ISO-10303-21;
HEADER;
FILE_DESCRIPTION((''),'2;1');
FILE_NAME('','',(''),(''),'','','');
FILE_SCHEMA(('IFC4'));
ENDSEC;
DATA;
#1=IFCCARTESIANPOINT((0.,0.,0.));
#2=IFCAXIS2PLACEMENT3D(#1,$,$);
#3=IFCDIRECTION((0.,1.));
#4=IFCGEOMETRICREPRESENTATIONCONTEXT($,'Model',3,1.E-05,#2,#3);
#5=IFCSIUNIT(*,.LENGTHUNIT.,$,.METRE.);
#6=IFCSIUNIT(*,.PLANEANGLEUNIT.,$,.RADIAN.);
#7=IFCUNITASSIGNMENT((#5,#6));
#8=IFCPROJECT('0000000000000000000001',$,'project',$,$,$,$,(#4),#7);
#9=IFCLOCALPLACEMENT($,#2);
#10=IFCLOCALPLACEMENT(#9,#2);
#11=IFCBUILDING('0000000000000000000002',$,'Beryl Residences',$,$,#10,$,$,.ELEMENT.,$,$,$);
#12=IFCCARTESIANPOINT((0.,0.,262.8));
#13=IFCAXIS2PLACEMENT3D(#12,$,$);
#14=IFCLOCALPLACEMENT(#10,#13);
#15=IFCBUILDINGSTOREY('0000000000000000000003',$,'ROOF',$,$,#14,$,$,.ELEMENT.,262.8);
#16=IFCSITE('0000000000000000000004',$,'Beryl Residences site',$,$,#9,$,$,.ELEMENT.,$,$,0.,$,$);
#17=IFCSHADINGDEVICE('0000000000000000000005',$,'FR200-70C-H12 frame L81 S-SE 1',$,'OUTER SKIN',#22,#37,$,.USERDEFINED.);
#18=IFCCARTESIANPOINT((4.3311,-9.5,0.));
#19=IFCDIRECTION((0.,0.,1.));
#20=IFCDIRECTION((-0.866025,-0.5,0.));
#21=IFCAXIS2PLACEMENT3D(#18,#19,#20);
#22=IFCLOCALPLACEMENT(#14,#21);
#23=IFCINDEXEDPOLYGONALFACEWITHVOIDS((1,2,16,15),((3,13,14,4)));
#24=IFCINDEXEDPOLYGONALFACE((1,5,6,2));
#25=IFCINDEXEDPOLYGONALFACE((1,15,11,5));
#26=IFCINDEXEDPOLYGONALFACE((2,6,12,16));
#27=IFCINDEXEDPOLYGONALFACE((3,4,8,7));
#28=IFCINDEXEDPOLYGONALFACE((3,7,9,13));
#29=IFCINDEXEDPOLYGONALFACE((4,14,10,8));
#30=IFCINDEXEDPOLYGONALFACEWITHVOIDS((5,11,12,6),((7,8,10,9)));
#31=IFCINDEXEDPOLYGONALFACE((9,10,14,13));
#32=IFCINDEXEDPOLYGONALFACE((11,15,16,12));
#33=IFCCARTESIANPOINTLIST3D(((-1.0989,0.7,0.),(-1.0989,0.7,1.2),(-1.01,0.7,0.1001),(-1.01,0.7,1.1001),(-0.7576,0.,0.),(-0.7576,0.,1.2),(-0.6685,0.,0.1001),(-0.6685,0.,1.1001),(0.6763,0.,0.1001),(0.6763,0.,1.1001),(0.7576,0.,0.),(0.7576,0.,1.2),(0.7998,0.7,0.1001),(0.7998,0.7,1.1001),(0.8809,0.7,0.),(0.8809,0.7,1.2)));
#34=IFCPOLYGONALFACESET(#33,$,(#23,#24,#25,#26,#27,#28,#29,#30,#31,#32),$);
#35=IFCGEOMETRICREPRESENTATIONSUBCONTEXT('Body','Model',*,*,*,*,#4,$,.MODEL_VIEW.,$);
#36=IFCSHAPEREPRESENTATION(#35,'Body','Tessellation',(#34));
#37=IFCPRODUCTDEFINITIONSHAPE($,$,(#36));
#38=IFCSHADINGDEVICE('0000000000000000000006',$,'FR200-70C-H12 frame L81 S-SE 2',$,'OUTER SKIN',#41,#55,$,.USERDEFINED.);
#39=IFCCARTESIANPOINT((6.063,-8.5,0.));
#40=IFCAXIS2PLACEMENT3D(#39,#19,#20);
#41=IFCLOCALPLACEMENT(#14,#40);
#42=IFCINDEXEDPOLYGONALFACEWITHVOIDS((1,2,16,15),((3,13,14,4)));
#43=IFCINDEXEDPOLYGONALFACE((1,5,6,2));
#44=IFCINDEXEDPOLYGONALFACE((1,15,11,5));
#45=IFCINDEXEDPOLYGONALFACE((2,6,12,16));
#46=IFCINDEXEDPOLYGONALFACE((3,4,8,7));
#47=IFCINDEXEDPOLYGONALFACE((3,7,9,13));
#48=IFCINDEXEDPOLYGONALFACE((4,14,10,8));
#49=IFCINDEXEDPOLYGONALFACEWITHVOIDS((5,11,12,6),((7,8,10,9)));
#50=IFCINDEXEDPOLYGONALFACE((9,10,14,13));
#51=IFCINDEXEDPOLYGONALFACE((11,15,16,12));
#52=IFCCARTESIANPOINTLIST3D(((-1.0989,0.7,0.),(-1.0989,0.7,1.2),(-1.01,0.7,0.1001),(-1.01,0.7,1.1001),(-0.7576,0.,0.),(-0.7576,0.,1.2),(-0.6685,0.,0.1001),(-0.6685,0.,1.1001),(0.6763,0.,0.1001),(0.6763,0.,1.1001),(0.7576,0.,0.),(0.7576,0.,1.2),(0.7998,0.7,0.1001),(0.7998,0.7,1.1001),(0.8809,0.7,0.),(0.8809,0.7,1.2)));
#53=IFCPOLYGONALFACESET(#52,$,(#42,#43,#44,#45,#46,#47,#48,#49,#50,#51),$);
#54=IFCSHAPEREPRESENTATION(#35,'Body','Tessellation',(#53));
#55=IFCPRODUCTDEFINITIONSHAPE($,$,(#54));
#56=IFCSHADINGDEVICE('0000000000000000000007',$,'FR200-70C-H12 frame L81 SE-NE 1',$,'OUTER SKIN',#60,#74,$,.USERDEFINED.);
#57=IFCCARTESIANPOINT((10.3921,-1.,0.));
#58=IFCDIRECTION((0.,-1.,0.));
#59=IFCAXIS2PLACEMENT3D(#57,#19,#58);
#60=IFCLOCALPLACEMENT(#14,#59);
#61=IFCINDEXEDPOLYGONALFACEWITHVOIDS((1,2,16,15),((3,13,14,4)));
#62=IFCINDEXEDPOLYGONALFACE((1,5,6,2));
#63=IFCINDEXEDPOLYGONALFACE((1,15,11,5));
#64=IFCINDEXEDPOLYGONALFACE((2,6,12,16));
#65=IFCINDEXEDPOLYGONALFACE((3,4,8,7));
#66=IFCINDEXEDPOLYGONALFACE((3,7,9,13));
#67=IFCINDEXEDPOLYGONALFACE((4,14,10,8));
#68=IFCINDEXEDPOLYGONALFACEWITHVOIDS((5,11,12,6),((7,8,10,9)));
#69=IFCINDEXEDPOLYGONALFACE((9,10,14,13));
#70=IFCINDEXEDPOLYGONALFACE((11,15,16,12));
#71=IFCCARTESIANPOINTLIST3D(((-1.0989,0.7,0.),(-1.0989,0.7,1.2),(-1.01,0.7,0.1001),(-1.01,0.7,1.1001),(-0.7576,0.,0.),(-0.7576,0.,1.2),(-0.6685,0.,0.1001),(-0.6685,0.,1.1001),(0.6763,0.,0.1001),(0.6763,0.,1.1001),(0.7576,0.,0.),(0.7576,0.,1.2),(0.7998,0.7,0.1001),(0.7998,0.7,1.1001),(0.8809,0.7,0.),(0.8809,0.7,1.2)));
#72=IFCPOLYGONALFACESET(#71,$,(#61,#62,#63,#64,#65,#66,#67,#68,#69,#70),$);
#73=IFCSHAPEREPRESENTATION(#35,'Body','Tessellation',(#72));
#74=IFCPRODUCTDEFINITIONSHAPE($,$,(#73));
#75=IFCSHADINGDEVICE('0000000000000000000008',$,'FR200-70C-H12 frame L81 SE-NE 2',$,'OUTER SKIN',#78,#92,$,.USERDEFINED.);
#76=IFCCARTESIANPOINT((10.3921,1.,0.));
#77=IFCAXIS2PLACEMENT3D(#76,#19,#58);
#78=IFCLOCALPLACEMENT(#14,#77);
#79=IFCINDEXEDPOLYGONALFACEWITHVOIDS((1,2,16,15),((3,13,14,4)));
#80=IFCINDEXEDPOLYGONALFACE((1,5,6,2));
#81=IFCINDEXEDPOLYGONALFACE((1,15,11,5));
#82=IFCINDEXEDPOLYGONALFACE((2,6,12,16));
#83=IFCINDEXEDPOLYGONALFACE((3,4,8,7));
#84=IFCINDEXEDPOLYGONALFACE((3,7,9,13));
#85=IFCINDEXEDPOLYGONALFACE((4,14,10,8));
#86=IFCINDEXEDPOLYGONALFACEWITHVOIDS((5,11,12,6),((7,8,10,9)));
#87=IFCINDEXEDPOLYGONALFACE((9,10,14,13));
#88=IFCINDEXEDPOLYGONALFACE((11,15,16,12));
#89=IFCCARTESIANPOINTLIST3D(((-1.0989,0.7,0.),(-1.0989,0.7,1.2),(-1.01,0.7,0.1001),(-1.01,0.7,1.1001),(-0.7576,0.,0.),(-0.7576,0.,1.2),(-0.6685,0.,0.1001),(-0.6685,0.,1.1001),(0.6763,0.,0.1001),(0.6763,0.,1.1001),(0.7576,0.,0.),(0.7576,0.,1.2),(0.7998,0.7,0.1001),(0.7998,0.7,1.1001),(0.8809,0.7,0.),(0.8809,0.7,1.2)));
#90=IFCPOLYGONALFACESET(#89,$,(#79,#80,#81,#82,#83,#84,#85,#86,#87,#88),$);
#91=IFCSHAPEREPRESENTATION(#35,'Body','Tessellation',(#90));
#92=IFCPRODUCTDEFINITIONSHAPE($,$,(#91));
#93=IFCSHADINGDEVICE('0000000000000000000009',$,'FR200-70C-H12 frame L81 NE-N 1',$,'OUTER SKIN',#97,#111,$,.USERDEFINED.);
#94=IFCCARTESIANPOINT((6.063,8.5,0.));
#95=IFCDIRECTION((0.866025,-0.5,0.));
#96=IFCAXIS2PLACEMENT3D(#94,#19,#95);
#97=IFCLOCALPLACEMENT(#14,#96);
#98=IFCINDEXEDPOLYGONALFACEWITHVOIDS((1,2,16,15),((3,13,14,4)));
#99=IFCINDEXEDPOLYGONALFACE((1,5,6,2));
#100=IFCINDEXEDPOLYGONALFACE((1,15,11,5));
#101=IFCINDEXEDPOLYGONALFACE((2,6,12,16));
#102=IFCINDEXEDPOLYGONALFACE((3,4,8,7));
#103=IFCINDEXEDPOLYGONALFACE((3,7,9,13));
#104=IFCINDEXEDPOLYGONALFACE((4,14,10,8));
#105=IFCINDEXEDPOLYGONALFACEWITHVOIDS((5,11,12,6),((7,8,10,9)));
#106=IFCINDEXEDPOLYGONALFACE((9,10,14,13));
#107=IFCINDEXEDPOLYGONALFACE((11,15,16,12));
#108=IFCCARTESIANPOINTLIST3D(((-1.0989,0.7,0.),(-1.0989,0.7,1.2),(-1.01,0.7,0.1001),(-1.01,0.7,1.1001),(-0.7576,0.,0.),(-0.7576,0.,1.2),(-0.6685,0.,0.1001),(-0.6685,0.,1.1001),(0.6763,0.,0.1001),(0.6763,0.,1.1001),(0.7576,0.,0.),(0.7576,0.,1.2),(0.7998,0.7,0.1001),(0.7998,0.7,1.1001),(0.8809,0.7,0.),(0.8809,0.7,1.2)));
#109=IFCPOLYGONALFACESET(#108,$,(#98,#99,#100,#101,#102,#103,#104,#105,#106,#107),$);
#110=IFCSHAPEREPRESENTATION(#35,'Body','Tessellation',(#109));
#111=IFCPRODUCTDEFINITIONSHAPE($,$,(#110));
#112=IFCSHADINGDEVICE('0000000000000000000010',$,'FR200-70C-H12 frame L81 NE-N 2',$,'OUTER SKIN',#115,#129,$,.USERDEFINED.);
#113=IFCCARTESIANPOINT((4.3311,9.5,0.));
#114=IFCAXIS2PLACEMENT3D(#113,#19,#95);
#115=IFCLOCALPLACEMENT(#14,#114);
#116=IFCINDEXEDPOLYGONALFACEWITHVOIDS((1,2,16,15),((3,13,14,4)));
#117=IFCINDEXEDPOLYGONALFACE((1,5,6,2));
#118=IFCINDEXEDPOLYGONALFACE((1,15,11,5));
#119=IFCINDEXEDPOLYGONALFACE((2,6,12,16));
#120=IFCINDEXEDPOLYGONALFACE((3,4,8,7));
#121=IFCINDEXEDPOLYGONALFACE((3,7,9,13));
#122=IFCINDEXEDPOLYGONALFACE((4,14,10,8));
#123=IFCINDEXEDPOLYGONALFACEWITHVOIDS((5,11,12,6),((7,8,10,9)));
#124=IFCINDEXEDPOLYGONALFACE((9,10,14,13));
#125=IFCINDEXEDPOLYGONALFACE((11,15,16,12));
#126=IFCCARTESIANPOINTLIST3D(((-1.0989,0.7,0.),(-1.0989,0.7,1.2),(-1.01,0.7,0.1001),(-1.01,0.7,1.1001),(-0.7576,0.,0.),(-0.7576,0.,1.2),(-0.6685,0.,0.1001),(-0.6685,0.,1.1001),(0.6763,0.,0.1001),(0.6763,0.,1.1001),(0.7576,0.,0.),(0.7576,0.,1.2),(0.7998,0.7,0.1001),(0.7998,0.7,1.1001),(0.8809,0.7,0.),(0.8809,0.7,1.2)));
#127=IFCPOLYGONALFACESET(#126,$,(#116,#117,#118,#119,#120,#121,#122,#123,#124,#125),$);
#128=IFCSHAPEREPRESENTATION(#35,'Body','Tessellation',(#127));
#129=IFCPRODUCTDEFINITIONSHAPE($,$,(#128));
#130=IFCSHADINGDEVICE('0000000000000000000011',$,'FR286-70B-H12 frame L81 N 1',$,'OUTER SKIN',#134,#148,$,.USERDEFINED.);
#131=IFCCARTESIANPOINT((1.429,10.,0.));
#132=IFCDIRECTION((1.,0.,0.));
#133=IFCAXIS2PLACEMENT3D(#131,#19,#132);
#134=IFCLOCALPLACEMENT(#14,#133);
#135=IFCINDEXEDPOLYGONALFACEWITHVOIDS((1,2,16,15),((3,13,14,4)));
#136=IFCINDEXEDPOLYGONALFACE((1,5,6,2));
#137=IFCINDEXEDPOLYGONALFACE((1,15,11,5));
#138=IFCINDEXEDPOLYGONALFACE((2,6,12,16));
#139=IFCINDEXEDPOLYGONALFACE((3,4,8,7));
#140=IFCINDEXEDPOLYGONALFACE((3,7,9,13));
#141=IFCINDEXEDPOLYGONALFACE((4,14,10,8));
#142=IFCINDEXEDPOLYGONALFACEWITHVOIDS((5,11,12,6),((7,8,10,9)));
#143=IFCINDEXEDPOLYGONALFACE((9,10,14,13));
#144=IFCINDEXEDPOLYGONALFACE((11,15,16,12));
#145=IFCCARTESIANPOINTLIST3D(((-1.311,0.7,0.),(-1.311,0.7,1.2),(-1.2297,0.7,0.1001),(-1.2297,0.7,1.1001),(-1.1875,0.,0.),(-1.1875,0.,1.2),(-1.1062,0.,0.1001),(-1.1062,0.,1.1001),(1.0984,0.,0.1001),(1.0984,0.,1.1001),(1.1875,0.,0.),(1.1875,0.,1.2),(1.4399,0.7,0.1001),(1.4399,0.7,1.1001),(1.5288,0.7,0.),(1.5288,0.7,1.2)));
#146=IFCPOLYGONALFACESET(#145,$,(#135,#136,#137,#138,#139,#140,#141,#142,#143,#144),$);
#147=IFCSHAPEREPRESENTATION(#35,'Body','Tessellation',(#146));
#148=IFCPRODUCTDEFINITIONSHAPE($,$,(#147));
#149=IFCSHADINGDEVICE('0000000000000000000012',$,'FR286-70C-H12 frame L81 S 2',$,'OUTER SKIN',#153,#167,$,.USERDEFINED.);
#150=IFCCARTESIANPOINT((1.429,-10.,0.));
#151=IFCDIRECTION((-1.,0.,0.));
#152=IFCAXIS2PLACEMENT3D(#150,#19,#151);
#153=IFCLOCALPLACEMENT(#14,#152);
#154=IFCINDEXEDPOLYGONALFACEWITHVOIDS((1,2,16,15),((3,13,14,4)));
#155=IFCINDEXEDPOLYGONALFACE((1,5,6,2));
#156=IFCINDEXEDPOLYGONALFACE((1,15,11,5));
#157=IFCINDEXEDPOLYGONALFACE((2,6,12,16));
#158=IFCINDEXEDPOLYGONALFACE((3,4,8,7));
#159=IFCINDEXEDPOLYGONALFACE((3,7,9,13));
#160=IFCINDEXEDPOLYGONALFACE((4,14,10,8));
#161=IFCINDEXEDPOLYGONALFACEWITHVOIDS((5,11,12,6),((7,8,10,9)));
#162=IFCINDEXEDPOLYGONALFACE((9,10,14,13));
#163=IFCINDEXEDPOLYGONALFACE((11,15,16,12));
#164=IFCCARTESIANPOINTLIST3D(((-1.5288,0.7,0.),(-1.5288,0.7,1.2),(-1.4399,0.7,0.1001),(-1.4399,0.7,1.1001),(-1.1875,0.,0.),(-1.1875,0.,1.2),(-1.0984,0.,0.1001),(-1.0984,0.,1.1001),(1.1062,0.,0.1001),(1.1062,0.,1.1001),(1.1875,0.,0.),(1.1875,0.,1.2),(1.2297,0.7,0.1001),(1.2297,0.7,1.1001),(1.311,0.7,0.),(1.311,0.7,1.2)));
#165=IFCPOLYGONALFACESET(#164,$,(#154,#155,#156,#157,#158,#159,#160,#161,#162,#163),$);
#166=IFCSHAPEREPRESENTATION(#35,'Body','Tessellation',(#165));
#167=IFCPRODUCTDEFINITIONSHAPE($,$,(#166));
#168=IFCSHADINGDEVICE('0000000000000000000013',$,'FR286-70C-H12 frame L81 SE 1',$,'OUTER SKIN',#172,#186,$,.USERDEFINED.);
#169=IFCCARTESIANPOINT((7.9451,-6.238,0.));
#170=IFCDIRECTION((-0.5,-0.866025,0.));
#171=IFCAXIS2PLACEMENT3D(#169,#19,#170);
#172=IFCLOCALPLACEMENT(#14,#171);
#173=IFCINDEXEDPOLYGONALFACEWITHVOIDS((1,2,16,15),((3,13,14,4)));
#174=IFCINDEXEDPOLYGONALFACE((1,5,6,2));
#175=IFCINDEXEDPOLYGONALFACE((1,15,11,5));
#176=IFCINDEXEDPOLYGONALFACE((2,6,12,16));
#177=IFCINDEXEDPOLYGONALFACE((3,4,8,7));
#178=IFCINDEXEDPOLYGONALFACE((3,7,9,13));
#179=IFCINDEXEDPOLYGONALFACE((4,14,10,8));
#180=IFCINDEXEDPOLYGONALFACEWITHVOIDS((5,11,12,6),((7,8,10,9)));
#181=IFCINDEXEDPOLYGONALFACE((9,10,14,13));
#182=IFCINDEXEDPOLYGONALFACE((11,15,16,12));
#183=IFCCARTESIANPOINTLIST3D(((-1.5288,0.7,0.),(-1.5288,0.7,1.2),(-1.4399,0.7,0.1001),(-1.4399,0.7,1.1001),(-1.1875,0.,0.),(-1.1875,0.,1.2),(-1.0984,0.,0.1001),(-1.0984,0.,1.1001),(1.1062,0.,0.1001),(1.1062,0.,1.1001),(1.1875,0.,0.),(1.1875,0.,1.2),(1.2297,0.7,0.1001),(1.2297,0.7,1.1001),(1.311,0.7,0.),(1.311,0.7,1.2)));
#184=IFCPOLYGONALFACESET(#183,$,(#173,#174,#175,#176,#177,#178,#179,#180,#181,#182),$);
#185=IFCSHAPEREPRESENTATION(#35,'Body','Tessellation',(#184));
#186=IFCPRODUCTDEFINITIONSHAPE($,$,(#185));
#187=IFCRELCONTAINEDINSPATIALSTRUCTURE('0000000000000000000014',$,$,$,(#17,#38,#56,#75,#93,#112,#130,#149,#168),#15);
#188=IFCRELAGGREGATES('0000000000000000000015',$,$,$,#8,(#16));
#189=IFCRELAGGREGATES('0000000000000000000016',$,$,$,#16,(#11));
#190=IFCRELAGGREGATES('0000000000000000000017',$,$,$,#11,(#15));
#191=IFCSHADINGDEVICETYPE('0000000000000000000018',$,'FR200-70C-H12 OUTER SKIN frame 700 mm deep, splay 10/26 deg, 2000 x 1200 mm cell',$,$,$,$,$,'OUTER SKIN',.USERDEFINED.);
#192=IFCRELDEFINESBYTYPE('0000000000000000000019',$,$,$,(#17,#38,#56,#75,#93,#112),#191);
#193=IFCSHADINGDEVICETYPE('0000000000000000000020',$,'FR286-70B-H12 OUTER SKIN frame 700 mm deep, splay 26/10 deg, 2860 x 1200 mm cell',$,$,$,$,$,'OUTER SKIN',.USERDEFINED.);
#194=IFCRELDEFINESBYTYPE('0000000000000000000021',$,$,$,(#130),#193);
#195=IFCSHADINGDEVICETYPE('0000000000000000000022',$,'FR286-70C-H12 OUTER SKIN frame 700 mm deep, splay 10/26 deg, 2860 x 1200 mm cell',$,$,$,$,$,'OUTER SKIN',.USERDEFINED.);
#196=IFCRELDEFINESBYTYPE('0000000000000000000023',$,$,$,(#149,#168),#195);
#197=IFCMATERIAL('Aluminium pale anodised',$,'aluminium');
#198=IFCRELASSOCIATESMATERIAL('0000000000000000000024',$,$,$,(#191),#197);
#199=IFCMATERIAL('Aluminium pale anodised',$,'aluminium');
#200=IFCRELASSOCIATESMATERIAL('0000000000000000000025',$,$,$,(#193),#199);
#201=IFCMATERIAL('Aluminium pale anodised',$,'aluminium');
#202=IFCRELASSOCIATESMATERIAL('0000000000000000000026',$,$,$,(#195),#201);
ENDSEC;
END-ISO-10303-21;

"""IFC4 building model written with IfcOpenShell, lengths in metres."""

from ifc_helpers import new_model, entity, si_unit, direction, frame, origin, place, context, subcontext, project, spatial, source, transform, mapped, material, type_object, type_shapes, element, save


model = new_model("IFC4")

# Units and contexts
model_context = context("Model", 3, precision=1e-05, world=origin(), true_north=direction((0.0, 1.0)))
body_context = subcontext(model_context, "Body", "Model", "MODEL_VIEW")
ifc_project = project(units=[si_unit("LENGTHUNIT", "METRE"), si_unit("PLANEANGLEUNIT", "RADIAN")], contexts=[model_context])

# Site, building, storey
site_placement = place(None, origin())
site = spatial("IfcSite", under=ifc_project, at=site_placement, Name="Beryl Residences site", CompositionType="ELEMENT", RefElevation=0.0)
building_placement = place(site_placement, origin())
building = spatial("IfcBuilding", under=site, at=building_placement, Name="Beryl Residences", CompositionType="ELEMENT")
storey_placement = place(building_placement, frame((0.0, 0.0, 262.8)))
storey = spatial("IfcBuildingStorey", under=building, at=storey_placement, Name="ROOF", CompositionType="ELEMENT", Elevation=262.8)

# Shading devices
ifc_material_1 = material(Name="Aluminium pale anodised", Category="aluminium")
shading_device_type_1 = type_object("IfcShadingDeviceType", Name="FR200-70C-H12 OUTER SKIN frame 700 mm deep, splay 10/26 deg, 2000 x 1200 mm cell", ElementType="OUTER SKIN", PredefinedType="USERDEFINED", material=ifc_material_1)
cartesian_point_1 = entity("IfcCartesianPoint", [-0.7576, 0.0])
cartesian_point_2 = entity("IfcCartesianPoint", [-0.6763, 0.1001])
cartesian_point_3 = entity("IfcCartesianPoint", [-0.8809, 0.0])
cartesian_point_4 = entity("IfcCartesianPoint", [-0.7998, 0.1001])
shared_shape_1 = source(origin(), body_context, "Body", "SweptSolid", [
    entity("IfcExtrudedAreaSolidTapered", entity("IfcArbitraryProfileDefWithVoids", "AREA", None, entity("IfcPolyline", [cartesian_point_1, entity("IfcCartesianPoint", [0.7576, 0.0]), entity("IfcCartesianPoint", [0.7576, 1.2]), entity("IfcCartesianPoint", [-0.7576, 1.2]), cartesian_point_1]), [entity("IfcPolyline", [cartesian_point_2, entity("IfcCartesianPoint", [0.6685, 0.1001]), entity("IfcCartesianPoint", [0.6685, 1.1001]), entity("IfcCartesianPoint", [-0.6763, 1.1001]), cartesian_point_2])]), entity("IfcAxis2Placement3D", entity("IfcCartesianPoint", [0.0, 0.0, 0.0]), entity("IfcDirection", [0.0, 1.0, 0.0]), entity("IfcDirection", [-1.0, 0.0, 0.0])), entity("IfcDirection", [0.0, 0.0, 1.0]), 0.7, entity("IfcArbitraryProfileDefWithVoids", "AREA", None, entity("IfcPolyline", [cartesian_point_3, entity("IfcCartesianPoint", [1.0989, 0.0]), entity("IfcCartesianPoint", [1.0989, 1.2]), entity("IfcCartesianPoint", [-0.8809, 1.2]), cartesian_point_3]), [entity("IfcPolyline", [cartesian_point_4, entity("IfcCartesianPoint", [1.01, 0.1001]), entity("IfcCartesianPoint", [1.01, 1.1001]), entity("IfcCartesianPoint", [-0.7998, 1.1001]), cartesian_point_4])])),
])
type_shapes(shading_device_type_1, [shared_shape_1])
for number, where, z_axis, x_axis, name in (
    (1, (4.3311, -9.5, 0.0), (0.0, 0.0, 1.0), (-0.866025, -0.5, 0.0), "FR200-70C-H12 frame L81 S-SE 1"),
    (2, (6.063, -8.5, 0.0), (0.0, 0.0, 1.0), (-0.866025, -0.5, 0.0), "FR200-70C-H12 frame L81 S-SE 2"),
    (3, (10.3921, -1.0, 0.0), (0.0, 0.0, 1.0), (0.0, -1.0, 0.0), "FR200-70C-H12 frame L81 SE-NE 1"),
    (4, (10.3921, 1.0, 0.0), (0.0, 0.0, 1.0), (0.0, -1.0, 0.0), "FR200-70C-H12 frame L81 SE-NE 2"),
    (5, (6.063, 8.5, 0.0), (0.0, 0.0, 1.0), (0.866025, -0.5, 0.0), "FR200-70C-H12 frame L81 NE-N 1"),
    (6, (4.3311, 9.5, 0.0), (0.0, 0.0, 1.0), (0.866025, -0.5, 0.0), "FR200-70C-H12 frame L81 NE-N 2"),
):
    element("IfcShadingDevice", number, at=place(storey_placement, frame(where, z_axis=z_axis, x_axis=x_axis)), inside=storey, type_object=shading_device_type_1, Name=name, ObjectType="OUTER SKIN", PredefinedType="USERDEFINED", context=body_context, shape_type="MappedRepresentation", body=[
        mapped(shared_shape_1, transform((0.0, 0.0, 0.0))),
    ])
ifc_material_2 = material(Name="Aluminium pale anodised", Category="aluminium")
shading_device_type_2 = type_object("IfcShadingDeviceType", Name="FR286-70B-H12 OUTER SKIN frame 700 mm deep, splay 26/10 deg, 2860 x 1200 mm cell", ElementType="OUTER SKIN", PredefinedType="USERDEFINED", material=ifc_material_2)
cartesian_point_5 = entity("IfcCartesianPoint", [-1.1875, 0.0])
cartesian_point_6 = entity("IfcCartesianPoint", [-1.0984, 0.1001])
cartesian_point_7 = entity("IfcCartesianPoint", [-1.5288, 0.0])
cartesian_point_8 = entity("IfcCartesianPoint", [-1.4399, 0.1001])
shared_shape_2 = source(origin(), body_context, "Body", "SweptSolid", [
    entity("IfcExtrudedAreaSolidTapered", entity("IfcArbitraryProfileDefWithVoids", "AREA", None, entity("IfcPolyline", [cartesian_point_5, entity("IfcCartesianPoint", [1.1875, 0.0]), entity("IfcCartesianPoint", [1.1875, 1.2]), entity("IfcCartesianPoint", [-1.1875, 1.2]), cartesian_point_5]), [entity("IfcPolyline", [cartesian_point_6, entity("IfcCartesianPoint", [1.1062, 0.1001]), entity("IfcCartesianPoint", [1.1062, 1.1001]), entity("IfcCartesianPoint", [-1.0984, 1.1001]), cartesian_point_6])]), entity("IfcAxis2Placement3D", entity("IfcCartesianPoint", [0.0, 0.0, 0.0]), entity("IfcDirection", [0.0, 1.0, 0.0]), entity("IfcDirection", [-1.0, 0.0, 0.0])), entity("IfcDirection", [0.0, 0.0, 1.0]), 0.7, entity("IfcArbitraryProfileDefWithVoids", "AREA", None, entity("IfcPolyline", [cartesian_point_7, entity("IfcCartesianPoint", [1.311, 0.0]), entity("IfcCartesianPoint", [1.311, 1.2]), entity("IfcCartesianPoint", [-1.5288, 1.2]), cartesian_point_7]), [entity("IfcPolyline", [cartesian_point_8, entity("IfcCartesianPoint", [1.2297, 0.1001]), entity("IfcCartesianPoint", [1.2297, 1.1001]), entity("IfcCartesianPoint", [-1.4399, 1.1001]), cartesian_point_8])])),
])
type_shapes(shading_device_type_2, [shared_shape_2])
shading_device_placement = place(storey_placement, frame((1.429, 10.0, 0.0), z_axis=(0.0, 0.0, 1.0), x_axis=(1.0, 0.0, 0.0)))
element("IfcShadingDevice", 7, at=shading_device_placement, inside=storey, type_object=shading_device_type_2, Name="FR286-70B-H12 frame L81 N 1", ObjectType="OUTER SKIN", PredefinedType="USERDEFINED", context=body_context, shape_type="MappedRepresentation", body=[
    mapped(shared_shape_2, transform((0.0, 0.0, 0.0))),
])
ifc_material_3 = material(Name="Aluminium pale anodised", Category="aluminium")
shading_device_type_3 = type_object("IfcShadingDeviceType", Name="FR286-70C-H12 OUTER SKIN frame 700 mm deep, splay 10/26 deg, 2860 x 1200 mm cell", ElementType="OUTER SKIN", PredefinedType="USERDEFINED", material=ifc_material_3)
cartesian_point_9 = entity("IfcCartesianPoint", [-1.1875, 0.0])
cartesian_point_10 = entity("IfcCartesianPoint", [-1.1062, 0.1001])
cartesian_point_11 = entity("IfcCartesianPoint", [-1.311, 0.0])
cartesian_point_12 = entity("IfcCartesianPoint", [-1.2297, 0.1001])
shared_shape_3 = source(origin(), body_context, "Body", "SweptSolid", [
    entity("IfcExtrudedAreaSolidTapered", entity("IfcArbitraryProfileDefWithVoids", "AREA", None, entity("IfcPolyline", [cartesian_point_9, entity("IfcCartesianPoint", [1.1875, 0.0]), entity("IfcCartesianPoint", [1.1875, 1.2]), entity("IfcCartesianPoint", [-1.1875, 1.2]), cartesian_point_9]), [entity("IfcPolyline", [cartesian_point_10, entity("IfcCartesianPoint", [1.0984, 0.1001]), entity("IfcCartesianPoint", [1.0984, 1.1001]), entity("IfcCartesianPoint", [-1.1062, 1.1001]), cartesian_point_10])]), entity("IfcAxis2Placement3D", entity("IfcCartesianPoint", [0.0, 0.0, 0.0]), entity("IfcDirection", [0.0, 1.0, 0.0]), entity("IfcDirection", [-1.0, 0.0, 0.0])), entity("IfcDirection", [0.0, 0.0, 1.0]), 0.7, entity("IfcArbitraryProfileDefWithVoids", "AREA", None, entity("IfcPolyline", [cartesian_point_11, entity("IfcCartesianPoint", [1.5288, 0.0]), entity("IfcCartesianPoint", [1.5288, 1.2]), entity("IfcCartesianPoint", [-1.311, 1.2]), cartesian_point_11]), [entity("IfcPolyline", [cartesian_point_12, entity("IfcCartesianPoint", [1.4399, 0.1001]), entity("IfcCartesianPoint", [1.4399, 1.1001]), entity("IfcCartesianPoint", [-1.2297, 1.1001]), cartesian_point_12])])),
])
type_shapes(shading_device_type_3, [shared_shape_3])
for number, where, z_axis, x_axis, name in (
    (8, (1.429, -10.0, 0.0), (0.0, 0.0, 1.0), (-1.0, 0.0, 0.0), "FR286-70C-H12 frame L81 S 2"),
    (9, (7.9451, -6.238, 0.0), (0.0, 0.0, 1.0), (-0.5, -0.866025, 0.0), "FR286-70C-H12 frame L81 SE 1"),
):
    element("IfcShadingDevice", number, at=place(storey_placement, frame(where, z_axis=z_axis, x_axis=x_axis)), inside=storey, type_object=shading_device_type_3, Name=name, ObjectType="OUTER SKIN", PredefinedType="USERDEFINED", context=body_context, shape_type="MappedRepresentation", body=[
        mapped(shared_shape_3, transform((0.0, 0.0, 0.0))),
    ])

save(model, "model.ifc")
